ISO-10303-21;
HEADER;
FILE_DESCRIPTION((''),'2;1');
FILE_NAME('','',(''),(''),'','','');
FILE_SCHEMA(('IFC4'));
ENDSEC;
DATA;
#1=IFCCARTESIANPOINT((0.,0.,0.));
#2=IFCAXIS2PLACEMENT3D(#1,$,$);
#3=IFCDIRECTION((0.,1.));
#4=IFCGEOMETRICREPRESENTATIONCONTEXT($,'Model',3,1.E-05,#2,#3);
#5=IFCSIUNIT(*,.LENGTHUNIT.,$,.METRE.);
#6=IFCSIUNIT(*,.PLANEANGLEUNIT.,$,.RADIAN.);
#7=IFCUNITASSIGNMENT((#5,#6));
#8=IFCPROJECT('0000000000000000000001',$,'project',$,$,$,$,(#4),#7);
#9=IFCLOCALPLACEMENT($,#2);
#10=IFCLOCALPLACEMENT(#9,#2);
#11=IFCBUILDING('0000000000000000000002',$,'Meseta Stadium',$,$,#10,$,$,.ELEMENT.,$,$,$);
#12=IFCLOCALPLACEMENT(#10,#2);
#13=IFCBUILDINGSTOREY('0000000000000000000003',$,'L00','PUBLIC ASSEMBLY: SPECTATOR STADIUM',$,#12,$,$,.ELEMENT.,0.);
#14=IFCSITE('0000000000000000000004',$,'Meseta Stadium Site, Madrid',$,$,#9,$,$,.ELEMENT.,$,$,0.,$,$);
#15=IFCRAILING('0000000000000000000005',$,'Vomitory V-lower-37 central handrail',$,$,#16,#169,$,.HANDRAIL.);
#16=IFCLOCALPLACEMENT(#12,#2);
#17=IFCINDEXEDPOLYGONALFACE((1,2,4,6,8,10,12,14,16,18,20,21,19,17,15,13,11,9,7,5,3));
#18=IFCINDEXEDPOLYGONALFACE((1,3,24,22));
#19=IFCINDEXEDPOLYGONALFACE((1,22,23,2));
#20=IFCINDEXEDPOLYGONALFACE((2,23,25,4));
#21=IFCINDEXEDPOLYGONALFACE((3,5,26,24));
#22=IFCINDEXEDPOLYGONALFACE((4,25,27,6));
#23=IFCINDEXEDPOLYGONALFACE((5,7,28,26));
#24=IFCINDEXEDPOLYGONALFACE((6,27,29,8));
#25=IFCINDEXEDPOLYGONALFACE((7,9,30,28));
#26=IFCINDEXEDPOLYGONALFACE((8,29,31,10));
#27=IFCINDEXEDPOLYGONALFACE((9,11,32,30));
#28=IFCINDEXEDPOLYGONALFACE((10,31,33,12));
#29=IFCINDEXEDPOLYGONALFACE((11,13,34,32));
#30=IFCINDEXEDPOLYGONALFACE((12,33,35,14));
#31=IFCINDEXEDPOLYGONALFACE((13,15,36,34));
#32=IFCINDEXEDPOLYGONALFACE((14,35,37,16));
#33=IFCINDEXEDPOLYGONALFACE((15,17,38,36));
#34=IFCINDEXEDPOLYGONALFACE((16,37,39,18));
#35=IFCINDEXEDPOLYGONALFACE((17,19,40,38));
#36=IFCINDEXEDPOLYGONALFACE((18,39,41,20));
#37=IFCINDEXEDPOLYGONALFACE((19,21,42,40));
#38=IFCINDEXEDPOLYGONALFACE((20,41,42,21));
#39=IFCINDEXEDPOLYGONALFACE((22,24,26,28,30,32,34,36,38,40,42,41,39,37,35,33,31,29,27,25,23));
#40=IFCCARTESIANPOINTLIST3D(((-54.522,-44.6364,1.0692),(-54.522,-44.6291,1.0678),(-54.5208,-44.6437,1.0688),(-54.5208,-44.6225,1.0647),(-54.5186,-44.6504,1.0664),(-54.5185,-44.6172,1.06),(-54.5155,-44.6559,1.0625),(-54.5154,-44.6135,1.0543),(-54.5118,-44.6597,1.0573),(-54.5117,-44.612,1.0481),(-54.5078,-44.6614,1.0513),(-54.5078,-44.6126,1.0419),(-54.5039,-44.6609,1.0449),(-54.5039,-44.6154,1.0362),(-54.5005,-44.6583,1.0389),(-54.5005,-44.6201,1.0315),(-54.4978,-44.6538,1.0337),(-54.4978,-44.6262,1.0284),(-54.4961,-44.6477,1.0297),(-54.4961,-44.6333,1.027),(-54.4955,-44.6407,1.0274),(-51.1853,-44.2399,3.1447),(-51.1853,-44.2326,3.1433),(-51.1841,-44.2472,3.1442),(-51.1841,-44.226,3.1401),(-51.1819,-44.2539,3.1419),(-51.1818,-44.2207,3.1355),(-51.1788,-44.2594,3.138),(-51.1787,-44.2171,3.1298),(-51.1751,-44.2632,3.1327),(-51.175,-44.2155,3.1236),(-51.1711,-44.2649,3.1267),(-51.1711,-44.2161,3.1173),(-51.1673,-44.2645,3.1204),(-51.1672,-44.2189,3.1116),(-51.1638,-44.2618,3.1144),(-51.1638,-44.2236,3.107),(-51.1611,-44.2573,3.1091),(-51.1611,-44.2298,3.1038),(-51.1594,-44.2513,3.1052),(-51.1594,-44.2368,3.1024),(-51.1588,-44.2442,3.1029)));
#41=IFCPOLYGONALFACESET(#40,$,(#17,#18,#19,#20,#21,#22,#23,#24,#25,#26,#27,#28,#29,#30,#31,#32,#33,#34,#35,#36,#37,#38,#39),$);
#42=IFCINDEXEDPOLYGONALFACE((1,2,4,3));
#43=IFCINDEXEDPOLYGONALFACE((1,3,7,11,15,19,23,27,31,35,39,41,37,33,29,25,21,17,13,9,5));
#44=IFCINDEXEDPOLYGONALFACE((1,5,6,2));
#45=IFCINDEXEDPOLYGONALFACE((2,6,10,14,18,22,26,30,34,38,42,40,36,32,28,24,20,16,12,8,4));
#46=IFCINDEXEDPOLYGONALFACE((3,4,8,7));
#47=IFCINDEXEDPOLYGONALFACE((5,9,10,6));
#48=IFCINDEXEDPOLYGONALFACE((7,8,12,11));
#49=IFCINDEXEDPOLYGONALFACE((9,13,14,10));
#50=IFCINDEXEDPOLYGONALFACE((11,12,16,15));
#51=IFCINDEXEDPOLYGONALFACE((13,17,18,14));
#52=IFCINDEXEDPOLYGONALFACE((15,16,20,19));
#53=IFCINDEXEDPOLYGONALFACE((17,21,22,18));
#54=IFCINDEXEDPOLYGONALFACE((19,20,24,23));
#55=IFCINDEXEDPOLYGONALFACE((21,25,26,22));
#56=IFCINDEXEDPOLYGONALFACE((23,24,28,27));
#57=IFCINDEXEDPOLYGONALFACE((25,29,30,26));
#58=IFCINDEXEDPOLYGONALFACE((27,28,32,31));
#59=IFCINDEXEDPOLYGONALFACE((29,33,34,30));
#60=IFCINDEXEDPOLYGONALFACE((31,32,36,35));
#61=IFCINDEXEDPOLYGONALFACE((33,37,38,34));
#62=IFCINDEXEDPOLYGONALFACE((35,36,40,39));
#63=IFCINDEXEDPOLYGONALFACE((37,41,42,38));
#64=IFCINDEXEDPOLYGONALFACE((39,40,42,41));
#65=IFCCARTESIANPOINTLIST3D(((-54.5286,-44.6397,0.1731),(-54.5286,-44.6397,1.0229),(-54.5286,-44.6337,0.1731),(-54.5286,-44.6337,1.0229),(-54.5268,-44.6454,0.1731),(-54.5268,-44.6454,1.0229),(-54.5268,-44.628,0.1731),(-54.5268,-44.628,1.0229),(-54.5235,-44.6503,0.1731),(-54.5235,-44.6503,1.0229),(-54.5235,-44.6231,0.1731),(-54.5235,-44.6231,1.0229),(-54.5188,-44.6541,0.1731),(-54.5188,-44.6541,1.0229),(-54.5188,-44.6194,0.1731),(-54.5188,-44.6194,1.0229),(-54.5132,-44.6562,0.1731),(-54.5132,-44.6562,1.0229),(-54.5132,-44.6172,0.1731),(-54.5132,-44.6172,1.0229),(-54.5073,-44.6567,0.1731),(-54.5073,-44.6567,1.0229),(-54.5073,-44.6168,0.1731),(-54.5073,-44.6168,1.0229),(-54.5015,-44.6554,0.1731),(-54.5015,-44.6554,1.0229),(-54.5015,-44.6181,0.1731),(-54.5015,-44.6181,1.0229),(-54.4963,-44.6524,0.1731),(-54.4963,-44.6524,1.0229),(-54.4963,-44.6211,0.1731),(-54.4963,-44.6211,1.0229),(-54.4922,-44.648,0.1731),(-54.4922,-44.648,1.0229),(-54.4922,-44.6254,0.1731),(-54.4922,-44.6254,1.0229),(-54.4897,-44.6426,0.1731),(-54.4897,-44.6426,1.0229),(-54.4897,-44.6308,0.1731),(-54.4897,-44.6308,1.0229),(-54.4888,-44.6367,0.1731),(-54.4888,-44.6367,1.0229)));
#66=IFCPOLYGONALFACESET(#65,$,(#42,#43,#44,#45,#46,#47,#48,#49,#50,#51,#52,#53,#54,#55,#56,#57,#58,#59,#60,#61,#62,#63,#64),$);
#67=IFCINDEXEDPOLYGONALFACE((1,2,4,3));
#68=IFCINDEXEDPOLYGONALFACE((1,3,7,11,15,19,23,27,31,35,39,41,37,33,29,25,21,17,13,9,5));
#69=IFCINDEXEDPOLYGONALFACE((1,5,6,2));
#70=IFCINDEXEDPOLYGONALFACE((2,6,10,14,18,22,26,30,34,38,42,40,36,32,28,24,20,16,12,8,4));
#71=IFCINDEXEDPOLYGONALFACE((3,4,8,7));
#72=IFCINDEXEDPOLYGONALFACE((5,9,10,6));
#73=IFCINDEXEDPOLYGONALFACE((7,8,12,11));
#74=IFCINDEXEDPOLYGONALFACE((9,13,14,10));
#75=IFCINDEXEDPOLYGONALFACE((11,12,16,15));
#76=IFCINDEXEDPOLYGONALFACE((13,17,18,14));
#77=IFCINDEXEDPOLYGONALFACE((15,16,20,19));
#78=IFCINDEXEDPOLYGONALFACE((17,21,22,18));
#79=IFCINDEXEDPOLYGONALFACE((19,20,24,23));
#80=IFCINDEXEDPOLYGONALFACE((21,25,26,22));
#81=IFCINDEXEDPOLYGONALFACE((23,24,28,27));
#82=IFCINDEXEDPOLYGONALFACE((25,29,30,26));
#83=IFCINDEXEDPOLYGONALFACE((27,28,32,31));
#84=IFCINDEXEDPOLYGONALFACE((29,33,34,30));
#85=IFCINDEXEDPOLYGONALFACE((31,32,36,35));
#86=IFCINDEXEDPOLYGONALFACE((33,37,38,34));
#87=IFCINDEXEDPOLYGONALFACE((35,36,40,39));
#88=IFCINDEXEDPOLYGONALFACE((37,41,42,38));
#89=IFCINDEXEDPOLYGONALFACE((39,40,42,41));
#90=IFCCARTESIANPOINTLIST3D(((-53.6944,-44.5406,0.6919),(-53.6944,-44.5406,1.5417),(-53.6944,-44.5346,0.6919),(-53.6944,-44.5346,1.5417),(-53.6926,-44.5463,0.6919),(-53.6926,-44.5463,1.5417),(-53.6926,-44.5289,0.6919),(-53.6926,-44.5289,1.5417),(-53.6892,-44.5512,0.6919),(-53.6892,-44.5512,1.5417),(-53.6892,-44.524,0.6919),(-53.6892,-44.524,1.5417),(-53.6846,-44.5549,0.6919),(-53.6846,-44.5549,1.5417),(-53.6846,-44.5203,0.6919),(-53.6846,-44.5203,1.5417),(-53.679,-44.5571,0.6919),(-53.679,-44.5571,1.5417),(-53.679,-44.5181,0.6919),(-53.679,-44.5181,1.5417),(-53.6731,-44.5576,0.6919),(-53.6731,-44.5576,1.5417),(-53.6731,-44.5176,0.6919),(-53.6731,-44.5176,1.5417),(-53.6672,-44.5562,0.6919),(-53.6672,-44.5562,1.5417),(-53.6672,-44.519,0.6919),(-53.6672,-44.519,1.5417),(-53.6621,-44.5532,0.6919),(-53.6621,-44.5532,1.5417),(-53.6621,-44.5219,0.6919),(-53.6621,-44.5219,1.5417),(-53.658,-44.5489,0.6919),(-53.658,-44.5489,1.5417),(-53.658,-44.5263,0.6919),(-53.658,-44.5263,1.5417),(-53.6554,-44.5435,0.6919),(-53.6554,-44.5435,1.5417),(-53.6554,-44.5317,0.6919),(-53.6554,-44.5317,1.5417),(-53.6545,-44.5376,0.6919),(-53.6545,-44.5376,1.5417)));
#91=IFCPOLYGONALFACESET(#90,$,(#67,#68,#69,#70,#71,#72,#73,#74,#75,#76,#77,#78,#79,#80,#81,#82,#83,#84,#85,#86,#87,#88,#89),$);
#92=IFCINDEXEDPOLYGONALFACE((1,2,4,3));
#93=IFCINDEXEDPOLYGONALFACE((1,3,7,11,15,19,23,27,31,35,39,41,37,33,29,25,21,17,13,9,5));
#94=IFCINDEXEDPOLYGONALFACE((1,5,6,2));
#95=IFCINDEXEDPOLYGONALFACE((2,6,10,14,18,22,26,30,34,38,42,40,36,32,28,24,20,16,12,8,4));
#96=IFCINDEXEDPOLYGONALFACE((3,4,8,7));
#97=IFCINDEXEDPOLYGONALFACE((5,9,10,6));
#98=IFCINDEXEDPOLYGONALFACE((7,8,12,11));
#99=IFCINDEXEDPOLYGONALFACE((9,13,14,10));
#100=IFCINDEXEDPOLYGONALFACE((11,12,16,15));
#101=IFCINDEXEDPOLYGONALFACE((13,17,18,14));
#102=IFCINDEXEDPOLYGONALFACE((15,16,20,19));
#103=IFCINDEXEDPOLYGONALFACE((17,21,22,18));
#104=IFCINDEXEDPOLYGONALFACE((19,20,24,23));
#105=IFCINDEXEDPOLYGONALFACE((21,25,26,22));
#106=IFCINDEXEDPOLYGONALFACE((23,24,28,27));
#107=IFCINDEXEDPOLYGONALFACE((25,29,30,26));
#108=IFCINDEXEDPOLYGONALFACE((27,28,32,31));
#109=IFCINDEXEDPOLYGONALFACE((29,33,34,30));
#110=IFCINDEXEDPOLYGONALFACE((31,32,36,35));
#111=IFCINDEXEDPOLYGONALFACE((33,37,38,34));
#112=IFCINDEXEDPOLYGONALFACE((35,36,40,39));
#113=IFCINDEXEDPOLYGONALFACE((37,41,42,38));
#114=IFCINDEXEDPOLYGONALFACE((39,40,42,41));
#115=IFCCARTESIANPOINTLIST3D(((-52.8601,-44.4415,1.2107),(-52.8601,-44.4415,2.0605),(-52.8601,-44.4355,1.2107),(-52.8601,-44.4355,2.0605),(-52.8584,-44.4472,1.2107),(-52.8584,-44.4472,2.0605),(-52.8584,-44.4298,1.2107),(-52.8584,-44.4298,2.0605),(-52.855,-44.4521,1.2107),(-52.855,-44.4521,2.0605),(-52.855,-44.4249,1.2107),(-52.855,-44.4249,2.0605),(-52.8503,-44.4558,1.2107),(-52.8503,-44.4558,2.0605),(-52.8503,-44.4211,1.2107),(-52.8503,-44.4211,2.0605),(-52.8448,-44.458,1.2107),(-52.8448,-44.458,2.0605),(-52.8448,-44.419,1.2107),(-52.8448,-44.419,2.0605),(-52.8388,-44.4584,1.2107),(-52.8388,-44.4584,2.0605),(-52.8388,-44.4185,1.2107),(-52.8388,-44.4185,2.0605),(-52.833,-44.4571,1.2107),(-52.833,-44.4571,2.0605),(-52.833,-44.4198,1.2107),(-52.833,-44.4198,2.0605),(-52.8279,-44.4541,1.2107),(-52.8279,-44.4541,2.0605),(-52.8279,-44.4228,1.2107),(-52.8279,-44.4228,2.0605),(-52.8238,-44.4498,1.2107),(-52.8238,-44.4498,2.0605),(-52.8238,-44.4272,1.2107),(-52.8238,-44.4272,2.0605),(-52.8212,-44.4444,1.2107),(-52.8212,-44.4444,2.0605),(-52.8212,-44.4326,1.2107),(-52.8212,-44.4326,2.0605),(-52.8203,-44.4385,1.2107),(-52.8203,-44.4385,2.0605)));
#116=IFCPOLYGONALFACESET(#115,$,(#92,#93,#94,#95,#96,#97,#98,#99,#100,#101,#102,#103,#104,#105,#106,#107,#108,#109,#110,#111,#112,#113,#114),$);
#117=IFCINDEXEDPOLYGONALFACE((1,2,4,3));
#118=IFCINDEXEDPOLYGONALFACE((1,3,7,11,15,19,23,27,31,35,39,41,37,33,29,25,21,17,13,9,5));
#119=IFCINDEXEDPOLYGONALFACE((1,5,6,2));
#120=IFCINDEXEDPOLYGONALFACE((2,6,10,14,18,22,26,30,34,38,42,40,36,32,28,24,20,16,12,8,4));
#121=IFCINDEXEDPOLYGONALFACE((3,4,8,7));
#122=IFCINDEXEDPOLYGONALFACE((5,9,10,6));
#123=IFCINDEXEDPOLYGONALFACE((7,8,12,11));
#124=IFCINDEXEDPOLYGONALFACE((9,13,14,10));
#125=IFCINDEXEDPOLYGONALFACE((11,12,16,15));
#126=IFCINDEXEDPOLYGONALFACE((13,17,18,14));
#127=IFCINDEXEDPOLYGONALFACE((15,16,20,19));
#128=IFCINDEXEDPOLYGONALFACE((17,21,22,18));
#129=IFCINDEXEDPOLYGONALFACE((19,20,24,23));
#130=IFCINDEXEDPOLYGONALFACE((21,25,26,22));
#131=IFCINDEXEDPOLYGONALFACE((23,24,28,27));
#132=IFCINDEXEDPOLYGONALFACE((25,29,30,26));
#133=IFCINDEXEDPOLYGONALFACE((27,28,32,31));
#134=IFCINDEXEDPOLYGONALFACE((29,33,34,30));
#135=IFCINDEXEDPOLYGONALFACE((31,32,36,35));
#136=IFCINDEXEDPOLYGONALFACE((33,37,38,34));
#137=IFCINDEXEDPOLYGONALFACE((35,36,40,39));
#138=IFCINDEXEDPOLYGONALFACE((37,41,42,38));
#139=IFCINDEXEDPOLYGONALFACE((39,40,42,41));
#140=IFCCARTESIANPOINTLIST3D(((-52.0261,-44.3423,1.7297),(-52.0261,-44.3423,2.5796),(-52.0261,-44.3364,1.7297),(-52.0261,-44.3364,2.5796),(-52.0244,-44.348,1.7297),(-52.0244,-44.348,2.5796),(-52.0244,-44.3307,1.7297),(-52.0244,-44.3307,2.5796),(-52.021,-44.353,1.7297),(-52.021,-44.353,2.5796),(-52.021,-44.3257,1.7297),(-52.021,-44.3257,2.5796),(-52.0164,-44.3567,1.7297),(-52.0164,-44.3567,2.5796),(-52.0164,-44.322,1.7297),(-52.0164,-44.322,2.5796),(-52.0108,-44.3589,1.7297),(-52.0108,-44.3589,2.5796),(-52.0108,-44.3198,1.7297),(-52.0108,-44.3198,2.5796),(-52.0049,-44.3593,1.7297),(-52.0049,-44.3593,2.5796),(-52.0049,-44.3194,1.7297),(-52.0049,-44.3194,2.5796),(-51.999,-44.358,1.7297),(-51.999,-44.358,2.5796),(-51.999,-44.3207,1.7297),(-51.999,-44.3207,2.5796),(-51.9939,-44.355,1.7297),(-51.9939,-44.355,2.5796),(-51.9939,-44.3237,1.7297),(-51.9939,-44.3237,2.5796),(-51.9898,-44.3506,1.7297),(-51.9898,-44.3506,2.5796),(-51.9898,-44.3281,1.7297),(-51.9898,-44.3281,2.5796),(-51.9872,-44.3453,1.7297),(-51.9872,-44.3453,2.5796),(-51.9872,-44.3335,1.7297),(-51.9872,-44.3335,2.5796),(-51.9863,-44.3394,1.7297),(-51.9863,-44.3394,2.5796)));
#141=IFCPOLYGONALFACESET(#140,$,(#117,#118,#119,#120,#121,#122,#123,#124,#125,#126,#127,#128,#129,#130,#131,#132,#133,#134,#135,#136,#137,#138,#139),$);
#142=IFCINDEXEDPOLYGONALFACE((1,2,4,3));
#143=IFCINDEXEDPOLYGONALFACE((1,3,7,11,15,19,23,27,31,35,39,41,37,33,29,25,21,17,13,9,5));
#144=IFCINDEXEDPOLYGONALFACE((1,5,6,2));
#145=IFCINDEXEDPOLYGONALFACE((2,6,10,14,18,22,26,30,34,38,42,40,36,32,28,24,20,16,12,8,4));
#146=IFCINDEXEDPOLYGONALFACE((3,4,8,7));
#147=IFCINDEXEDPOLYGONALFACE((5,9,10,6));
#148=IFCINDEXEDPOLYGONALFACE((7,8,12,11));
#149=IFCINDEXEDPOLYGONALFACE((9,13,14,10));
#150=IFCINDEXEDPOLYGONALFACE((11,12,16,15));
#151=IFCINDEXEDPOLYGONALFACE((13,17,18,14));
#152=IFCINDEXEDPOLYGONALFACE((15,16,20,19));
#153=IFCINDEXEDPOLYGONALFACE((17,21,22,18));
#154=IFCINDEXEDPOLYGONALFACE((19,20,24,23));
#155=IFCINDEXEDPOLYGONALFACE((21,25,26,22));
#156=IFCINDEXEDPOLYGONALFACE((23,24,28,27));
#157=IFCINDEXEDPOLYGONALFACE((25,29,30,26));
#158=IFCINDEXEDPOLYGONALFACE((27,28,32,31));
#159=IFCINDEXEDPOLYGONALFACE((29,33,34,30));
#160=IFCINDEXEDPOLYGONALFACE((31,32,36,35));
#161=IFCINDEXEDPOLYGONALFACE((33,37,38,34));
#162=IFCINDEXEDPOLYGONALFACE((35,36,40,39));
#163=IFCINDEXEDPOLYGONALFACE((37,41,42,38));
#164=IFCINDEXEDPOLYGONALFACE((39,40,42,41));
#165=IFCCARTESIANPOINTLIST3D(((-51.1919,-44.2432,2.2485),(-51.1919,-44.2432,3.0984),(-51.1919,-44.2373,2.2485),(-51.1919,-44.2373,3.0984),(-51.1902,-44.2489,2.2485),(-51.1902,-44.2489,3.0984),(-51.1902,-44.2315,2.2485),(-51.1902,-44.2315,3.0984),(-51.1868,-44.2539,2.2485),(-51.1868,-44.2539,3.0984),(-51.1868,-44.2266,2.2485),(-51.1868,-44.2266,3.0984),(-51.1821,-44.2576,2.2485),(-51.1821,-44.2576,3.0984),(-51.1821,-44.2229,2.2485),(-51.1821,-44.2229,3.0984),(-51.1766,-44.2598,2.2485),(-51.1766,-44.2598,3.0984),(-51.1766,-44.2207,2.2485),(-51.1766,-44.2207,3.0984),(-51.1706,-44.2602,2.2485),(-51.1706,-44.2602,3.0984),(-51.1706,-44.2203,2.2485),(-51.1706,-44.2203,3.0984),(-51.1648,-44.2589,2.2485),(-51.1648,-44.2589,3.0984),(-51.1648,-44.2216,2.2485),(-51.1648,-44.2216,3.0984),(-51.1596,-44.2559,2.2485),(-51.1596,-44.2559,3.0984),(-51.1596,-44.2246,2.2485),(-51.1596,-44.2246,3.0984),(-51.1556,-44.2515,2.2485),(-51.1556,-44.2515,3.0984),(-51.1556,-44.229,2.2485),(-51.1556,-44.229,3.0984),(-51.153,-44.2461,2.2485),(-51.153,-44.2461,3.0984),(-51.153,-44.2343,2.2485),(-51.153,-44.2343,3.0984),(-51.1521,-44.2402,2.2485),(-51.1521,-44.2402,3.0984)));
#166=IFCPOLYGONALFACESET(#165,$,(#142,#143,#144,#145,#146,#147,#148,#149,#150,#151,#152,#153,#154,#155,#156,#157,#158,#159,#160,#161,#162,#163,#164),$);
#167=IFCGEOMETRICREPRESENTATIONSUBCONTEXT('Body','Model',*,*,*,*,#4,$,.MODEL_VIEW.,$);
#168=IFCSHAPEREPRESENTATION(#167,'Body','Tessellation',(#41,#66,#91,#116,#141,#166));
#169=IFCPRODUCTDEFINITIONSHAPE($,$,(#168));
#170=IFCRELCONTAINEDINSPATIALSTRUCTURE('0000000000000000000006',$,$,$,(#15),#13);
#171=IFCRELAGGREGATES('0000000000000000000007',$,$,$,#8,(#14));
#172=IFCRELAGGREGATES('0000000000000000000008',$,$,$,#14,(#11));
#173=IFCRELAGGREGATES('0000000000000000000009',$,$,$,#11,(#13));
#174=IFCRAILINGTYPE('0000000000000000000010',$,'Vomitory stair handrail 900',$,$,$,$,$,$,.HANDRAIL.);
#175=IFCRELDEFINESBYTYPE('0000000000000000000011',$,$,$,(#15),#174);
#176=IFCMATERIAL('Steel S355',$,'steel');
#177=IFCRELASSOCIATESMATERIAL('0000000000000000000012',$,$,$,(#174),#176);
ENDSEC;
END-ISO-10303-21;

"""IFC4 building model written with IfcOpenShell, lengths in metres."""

from ifc_helpers import new_model, si_unit, direction, frame, origin, origin_2d, place, context, subcontext, project, spatial, circle, extrude, material, type_object, element, save


model = new_model("IFC4")

# Units and contexts
model_context = context("Model", 3, precision=1e-05, world=origin(), true_north=direction((0.0, 1.0)))
body_context = subcontext(model_context, "Body", "Model", "MODEL_VIEW")
ifc_project = project(units=[si_unit("LENGTHUNIT", "METRE"), si_unit("PLANEANGLEUNIT", "RADIAN")], contexts=[model_context])

# Site, building, storey
site_placement = place(None, origin())
site = spatial("IfcSite", under=ifc_project, at=site_placement, Name="Meseta Stadium Site, Madrid", CompositionType="ELEMENT", RefElevation=0.0)
building_placement = place(site_placement, origin())
building = spatial("IfcBuilding", under=site, at=building_placement, Name="Meseta Stadium", CompositionType="ELEMENT")
storey_placement = place(building_placement, origin())
storey = spatial("IfcBuildingStorey", under=building, at=storey_placement, Name="L00", Description="PUBLIC ASSEMBLY: SPECTATOR STADIUM", CompositionType="ELEMENT", Elevation=0.0)

# Railing
ifc_material_1 = material(Name="Steel S355", Category="steel")
railing_type_1 = type_object("IfcRailingType", Name="Vomitory stair handrail 900", PredefinedType="HANDRAIL", material=ifc_material_1)
railing_1_placement = place(storey_placement, frame((-54.5088, -44.6367, 0.1731)))
element("IfcRailing", 1, at=railing_1_placement, inside=storey, type_object=railing_type_1, Name="Vomitory V-lower-37 central handrail", PredefinedType="HANDRAIL", context=body_context, shape_type="SweptSolid", body=[
    extrude(circle(Radius=0.0249, at=origin_2d()), frame((0.0, 0.0, 0.875), z_axis=(0.844848, 0.10039, 0.525503), x_axis=(-0.117996, 0.993014, 0.0)), (0.0, 0.0, 1.0), 3.9495),
    extrude(circle(Radius=0.02, at=origin_2d()), origin(), (0.0, 0.0, 1.0), 0.8499),
    extrude(circle(Radius=0.02, at=origin_2d()), frame((0.8342, 0.0991, 0.5188)), (0.0, 0.0, 1.0), 0.8499),
    extrude(circle(Radius=0.02, at=origin_2d()), frame((1.6685, 0.1982, 1.0376)), (0.0, 0.0, 1.0), 0.8499),
    extrude(circle(Radius=0.02, at=origin_2d()), frame((2.5024, 0.2974, 1.5566)), (0.0, 0.0, 1.0), 0.8499),
    extrude(circle(Radius=0.02, at=origin_2d()), frame((3.3367, 0.3965, 2.0754)), (0.0, 0.0, 1.0), 0.8499),
])

save(model, "model.ifc")
